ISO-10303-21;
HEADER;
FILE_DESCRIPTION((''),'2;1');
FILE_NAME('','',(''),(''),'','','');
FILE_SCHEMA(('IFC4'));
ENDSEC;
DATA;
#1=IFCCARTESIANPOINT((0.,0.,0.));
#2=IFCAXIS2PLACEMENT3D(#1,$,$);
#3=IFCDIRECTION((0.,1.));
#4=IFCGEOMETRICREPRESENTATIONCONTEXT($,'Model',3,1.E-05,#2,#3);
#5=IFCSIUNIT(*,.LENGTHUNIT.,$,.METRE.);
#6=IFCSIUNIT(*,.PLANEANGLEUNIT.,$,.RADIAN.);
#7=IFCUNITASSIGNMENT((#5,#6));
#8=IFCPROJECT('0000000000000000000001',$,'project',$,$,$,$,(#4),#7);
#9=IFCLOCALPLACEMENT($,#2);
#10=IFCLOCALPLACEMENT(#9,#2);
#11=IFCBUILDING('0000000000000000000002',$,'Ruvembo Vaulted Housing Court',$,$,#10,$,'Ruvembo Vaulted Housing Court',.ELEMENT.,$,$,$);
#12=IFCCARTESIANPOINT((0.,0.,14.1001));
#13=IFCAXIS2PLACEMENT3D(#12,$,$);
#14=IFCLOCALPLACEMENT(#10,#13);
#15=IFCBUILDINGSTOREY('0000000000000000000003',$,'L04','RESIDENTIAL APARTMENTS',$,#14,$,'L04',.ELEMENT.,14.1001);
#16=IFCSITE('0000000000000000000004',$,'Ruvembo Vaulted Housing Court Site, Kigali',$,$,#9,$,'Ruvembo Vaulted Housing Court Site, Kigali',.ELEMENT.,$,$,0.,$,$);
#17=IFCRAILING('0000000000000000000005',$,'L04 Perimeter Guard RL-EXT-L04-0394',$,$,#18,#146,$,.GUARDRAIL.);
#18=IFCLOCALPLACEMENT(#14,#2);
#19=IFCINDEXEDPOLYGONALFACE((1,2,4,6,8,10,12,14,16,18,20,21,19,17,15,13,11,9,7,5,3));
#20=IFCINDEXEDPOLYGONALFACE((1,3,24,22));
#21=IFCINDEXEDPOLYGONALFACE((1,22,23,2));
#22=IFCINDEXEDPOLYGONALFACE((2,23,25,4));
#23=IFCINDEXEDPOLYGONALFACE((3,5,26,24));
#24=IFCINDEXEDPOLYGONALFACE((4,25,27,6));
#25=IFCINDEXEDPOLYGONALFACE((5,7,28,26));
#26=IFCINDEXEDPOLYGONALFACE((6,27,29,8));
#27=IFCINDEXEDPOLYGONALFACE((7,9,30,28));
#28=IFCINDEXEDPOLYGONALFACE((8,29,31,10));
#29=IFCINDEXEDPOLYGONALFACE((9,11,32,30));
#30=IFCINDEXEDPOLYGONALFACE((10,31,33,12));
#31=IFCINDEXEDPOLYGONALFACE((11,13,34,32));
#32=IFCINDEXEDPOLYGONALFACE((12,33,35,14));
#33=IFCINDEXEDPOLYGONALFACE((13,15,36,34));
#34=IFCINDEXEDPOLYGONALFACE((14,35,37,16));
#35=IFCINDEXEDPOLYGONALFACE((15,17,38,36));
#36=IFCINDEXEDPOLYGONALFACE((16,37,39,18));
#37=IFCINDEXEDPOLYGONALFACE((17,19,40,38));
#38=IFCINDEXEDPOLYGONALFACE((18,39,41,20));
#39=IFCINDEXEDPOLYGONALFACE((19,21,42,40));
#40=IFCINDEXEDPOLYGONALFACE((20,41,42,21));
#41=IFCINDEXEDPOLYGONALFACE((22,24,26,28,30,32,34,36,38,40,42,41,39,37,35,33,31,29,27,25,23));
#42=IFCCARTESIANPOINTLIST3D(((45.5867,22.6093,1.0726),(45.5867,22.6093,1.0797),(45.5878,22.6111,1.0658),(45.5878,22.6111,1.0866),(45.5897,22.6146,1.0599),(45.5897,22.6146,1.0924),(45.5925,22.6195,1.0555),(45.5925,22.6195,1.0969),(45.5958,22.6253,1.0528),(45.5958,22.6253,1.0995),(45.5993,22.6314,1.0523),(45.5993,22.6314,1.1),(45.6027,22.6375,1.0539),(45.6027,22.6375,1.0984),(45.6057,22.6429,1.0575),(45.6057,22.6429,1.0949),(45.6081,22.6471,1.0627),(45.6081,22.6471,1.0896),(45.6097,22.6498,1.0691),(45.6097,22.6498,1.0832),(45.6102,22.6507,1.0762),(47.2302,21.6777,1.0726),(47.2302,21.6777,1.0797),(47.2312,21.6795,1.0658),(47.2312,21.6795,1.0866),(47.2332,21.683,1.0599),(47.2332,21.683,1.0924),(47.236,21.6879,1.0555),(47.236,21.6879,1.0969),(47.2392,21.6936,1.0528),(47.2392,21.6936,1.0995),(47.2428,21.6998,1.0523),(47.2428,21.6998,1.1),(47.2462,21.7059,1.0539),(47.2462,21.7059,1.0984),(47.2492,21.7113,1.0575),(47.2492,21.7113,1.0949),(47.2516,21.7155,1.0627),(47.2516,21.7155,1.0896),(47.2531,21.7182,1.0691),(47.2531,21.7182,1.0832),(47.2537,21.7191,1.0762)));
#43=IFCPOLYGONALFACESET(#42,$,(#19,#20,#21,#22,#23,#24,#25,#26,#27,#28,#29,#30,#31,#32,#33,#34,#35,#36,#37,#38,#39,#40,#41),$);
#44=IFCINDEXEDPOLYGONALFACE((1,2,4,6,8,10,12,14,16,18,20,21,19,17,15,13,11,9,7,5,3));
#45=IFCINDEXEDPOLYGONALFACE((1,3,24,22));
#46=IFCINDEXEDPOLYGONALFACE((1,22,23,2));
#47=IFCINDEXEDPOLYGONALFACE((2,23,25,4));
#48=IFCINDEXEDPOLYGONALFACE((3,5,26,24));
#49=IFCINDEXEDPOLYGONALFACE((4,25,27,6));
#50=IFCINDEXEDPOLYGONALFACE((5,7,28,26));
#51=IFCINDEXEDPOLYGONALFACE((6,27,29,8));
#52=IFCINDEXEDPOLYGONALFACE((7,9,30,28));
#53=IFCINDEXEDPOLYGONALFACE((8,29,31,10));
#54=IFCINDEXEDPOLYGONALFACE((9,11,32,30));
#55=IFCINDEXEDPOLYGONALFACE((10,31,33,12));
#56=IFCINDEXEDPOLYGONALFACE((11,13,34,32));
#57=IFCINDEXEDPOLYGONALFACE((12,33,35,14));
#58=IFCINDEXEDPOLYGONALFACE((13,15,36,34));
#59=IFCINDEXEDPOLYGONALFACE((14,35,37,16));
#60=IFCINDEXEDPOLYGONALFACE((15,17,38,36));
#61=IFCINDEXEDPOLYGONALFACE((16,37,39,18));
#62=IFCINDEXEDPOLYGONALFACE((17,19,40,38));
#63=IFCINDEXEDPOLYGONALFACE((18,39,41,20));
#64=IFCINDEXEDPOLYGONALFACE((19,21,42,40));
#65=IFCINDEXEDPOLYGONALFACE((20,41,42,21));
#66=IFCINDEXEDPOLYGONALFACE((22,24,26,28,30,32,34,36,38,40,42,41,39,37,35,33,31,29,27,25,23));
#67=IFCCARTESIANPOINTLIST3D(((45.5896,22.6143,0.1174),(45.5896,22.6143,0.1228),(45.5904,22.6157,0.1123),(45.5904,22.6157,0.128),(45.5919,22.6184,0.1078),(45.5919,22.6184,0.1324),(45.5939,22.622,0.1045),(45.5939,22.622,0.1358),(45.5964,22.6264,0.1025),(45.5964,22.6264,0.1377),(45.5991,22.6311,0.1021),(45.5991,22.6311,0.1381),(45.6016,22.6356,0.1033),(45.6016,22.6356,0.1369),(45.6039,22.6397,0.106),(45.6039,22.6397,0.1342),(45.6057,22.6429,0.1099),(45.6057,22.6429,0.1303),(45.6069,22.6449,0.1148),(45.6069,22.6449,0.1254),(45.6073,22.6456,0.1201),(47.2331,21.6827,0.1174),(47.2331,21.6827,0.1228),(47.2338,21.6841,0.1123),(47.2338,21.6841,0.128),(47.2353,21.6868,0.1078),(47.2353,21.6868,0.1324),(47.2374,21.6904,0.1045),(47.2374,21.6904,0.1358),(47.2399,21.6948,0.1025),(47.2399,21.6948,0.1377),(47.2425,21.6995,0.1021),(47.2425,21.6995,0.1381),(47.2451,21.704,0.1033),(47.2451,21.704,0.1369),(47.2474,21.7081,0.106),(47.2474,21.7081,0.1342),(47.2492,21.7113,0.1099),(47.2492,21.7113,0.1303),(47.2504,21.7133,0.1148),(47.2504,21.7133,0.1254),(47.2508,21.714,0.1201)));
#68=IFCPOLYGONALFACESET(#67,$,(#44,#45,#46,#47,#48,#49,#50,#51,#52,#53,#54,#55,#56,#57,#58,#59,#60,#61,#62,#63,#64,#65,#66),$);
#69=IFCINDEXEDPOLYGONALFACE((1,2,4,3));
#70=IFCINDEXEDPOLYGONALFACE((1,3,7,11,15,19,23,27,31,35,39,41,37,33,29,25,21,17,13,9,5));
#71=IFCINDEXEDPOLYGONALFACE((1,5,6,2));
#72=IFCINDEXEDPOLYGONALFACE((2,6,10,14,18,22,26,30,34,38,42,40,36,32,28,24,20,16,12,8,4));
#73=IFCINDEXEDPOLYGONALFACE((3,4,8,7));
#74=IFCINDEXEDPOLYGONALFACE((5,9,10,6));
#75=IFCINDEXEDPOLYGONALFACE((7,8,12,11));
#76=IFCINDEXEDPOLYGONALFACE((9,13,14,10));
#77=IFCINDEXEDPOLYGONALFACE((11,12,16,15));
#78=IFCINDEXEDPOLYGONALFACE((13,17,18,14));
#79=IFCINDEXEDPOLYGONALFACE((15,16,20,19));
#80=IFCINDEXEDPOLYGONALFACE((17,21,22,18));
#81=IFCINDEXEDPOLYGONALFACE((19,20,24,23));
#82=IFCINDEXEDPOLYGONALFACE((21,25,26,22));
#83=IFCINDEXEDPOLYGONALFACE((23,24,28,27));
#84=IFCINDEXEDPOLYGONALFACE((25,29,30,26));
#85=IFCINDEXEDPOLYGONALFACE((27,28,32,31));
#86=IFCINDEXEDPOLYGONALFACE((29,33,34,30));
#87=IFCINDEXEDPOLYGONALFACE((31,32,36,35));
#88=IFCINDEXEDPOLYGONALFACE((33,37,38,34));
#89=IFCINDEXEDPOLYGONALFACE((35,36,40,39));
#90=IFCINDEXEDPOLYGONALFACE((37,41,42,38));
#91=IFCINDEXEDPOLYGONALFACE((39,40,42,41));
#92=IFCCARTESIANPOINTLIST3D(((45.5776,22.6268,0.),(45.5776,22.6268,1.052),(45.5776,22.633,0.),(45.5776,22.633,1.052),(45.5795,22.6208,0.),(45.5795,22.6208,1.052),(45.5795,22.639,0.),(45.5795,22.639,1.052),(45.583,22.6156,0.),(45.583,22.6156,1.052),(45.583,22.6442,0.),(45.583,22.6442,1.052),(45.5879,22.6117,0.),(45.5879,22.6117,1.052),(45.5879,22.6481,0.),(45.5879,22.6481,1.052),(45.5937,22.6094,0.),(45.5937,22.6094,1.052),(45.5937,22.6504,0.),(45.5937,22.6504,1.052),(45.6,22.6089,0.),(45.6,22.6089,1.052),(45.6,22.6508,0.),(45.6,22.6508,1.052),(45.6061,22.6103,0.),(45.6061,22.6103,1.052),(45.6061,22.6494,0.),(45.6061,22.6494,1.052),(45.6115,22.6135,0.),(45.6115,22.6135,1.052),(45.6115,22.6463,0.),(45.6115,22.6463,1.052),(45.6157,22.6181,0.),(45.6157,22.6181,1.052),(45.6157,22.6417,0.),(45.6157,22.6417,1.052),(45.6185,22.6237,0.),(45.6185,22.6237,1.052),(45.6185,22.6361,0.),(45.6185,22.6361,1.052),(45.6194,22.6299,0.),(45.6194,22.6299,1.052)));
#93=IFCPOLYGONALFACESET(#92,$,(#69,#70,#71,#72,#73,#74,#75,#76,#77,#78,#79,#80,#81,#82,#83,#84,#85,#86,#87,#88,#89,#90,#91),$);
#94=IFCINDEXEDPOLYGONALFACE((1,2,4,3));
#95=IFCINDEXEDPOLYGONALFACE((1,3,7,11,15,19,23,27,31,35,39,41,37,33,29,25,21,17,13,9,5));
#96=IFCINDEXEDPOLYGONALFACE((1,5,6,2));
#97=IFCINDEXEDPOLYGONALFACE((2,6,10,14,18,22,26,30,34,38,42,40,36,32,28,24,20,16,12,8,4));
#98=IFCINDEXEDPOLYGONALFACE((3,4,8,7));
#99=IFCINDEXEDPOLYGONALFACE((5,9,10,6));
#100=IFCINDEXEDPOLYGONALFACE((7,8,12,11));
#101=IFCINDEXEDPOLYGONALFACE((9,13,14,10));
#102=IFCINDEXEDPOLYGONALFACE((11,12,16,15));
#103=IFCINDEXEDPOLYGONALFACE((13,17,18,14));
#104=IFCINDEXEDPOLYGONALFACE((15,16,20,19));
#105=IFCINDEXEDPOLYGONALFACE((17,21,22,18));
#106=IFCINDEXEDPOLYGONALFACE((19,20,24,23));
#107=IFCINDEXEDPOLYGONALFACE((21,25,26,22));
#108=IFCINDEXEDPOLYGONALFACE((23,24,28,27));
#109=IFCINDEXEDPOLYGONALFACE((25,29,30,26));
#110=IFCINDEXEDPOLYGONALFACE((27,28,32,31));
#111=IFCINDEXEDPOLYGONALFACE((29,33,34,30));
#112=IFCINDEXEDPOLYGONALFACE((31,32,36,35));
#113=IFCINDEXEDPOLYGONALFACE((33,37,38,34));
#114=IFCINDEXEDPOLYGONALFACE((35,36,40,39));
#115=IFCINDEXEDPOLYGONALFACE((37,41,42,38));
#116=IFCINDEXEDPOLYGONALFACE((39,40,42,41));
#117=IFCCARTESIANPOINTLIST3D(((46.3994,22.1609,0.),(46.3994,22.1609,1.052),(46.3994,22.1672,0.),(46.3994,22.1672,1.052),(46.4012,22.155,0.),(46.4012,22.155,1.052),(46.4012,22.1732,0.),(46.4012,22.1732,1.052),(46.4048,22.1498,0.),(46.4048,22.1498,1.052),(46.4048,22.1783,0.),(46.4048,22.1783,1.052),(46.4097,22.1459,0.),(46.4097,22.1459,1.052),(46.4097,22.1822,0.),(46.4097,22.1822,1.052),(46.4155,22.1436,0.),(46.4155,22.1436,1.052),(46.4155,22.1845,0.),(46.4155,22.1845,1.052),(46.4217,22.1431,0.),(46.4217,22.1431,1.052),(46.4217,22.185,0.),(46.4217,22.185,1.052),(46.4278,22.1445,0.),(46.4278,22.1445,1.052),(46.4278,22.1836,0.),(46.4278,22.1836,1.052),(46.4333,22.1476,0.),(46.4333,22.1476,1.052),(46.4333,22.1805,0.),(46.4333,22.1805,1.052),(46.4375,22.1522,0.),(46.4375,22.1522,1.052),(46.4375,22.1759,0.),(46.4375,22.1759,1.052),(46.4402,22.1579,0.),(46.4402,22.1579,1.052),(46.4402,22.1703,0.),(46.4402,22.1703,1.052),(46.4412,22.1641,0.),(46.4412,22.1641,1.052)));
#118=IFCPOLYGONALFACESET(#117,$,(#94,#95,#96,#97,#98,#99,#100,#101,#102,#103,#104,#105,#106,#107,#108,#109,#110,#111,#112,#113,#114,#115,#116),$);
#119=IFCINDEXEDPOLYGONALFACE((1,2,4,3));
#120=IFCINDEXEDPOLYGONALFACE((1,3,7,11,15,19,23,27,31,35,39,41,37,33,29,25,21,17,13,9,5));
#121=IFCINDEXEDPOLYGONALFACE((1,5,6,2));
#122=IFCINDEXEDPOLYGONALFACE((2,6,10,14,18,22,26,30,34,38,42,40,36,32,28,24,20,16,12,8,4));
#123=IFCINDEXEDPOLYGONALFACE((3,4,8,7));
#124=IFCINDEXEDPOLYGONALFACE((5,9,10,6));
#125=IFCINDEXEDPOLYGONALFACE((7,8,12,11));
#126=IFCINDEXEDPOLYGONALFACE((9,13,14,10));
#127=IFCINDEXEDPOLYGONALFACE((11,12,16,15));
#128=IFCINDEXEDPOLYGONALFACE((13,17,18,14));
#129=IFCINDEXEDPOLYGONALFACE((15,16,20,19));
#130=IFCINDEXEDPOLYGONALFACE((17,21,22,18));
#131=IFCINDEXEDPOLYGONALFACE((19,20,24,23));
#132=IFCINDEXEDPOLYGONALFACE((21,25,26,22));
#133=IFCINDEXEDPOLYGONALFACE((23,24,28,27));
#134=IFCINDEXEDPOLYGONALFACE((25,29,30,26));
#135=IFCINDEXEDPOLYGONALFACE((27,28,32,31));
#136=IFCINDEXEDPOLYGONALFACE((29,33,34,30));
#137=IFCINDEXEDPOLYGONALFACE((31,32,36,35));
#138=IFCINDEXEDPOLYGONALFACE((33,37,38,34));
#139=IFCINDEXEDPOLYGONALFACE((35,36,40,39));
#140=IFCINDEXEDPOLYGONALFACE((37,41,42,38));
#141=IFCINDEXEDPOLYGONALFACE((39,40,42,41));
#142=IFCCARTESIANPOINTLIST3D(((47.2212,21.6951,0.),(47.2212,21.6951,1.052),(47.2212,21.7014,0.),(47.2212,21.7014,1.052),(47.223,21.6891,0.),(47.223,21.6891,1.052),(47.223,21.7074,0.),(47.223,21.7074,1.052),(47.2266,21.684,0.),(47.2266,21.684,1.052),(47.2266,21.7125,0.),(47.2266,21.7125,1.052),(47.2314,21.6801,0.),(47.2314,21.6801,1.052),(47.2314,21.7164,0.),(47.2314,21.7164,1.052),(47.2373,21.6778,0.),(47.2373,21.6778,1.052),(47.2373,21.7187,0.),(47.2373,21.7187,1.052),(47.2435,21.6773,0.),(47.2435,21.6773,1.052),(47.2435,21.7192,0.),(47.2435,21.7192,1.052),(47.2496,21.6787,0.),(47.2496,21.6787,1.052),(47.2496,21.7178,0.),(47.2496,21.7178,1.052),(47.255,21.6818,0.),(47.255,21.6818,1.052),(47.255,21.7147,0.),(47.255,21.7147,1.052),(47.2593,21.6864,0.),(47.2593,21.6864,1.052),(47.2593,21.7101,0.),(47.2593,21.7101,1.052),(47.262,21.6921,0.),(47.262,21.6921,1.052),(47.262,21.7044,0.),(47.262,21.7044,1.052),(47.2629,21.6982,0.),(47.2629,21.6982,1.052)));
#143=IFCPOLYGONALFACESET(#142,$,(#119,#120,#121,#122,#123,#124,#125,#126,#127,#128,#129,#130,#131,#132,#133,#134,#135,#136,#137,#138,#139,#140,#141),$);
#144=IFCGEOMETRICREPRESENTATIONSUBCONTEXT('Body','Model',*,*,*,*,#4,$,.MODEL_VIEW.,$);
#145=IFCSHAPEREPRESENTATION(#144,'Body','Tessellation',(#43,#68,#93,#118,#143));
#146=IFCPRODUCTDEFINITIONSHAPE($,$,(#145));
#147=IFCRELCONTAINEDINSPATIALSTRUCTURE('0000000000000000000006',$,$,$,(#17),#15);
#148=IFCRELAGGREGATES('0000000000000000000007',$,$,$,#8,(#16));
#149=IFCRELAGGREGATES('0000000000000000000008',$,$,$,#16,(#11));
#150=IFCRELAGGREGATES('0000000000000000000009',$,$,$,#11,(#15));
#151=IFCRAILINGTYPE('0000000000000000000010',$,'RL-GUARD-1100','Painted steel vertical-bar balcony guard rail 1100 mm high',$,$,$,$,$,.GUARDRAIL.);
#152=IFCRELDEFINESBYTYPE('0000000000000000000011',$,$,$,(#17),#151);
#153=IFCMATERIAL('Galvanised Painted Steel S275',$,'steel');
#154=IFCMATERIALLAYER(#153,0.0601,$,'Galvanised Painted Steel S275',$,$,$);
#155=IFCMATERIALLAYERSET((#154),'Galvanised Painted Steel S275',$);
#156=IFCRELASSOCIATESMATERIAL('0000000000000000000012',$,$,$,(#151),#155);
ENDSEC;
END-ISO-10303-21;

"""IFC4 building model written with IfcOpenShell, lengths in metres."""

from ifc_helpers import new_model, si_unit, direction, frame, origin, origin_2d, place, context, subcontext, project, spatial, circle, extrude, material, layer, layer_set, type_object, element, save


model = new_model("IFC4")

# Units and contexts
model_context = context("Model", 3, precision=1e-05, world=origin(), true_north=direction((0.0, 1.0)))
body_context = subcontext(model_context, "Body", "Model", "MODEL_VIEW")
ifc_project = project(units=[si_unit("LENGTHUNIT", "METRE"), si_unit("PLANEANGLEUNIT", "RADIAN")], contexts=[model_context])

# Site, building, storey
site_placement = place(None, origin())
site = spatial("IfcSite", under=ifc_project, at=site_placement, Name="Ruvembo Vaulted Housing Court Site, Kigali", LongName="Ruvembo Vaulted Housing Court Site, Kigali", CompositionType="ELEMENT", RefElevation=0.0)
building_placement = place(site_placement, origin())
building = spatial("IfcBuilding", under=site, at=building_placement, Name="Ruvembo Vaulted Housing Court", LongName="Ruvembo Vaulted Housing Court", CompositionType="ELEMENT")
storey_placement = place(building_placement, frame((0.0, 0.0, 14.1001)))
storey = spatial("IfcBuildingStorey", under=building, at=storey_placement, Name="L04", Description="RESIDENTIAL APARTMENTS", LongName="L04", CompositionType="ELEMENT", Elevation=14.1001)

# Railing
ifc_material_1 = material(Name="Galvanised Painted Steel S275", Category="steel")
ifc_layer_1 = layer(ifc_material_1, 0.0601, Name="Galvanised Painted Steel S275")
ifc_layer_set_1 = layer_set([ifc_layer_1], Name="Galvanised Painted Steel S275")
railing_type_1 = type_object("IfcRailingType", Name="RL-GUARD-1100", Description="Painted steel vertical-bar balcony guard rail 1100 mm high", PredefinedType="GUARDRAIL", material=ifc_layer_set_1)
railing_1_placement = place(storey_placement, frame((45.5984, 22.6299, 0.0)))
element("IfcRailing", 1, at=railing_1_placement, inside=storey, type_object=railing_type_1, Name="L04 Perimeter Guard RL-EXT-L04-0394", PredefinedType="GUARDRAIL", context=body_context, shape_type="SweptSolid", body=[
    extrude(circle(Radius=0.0239, at=origin_2d()), frame((0.0, 0.0, 1.0762), z_axis=(0.869956, -0.49313, 0.0), x_axis=(0.49313, 0.869956, 0.0)), (0.0, 0.0, 1.0), 1.8892),
    extrude(circle(Radius=0.0181, at=origin_2d()), frame((0.0, 0.0, 0.1201), z_axis=(0.869956, -0.49313, 0.0), x_axis=(0.49313, 0.869956, 0.0)), (0.0, 0.0, 1.0), 1.8892),
    extrude(circle(Radius=0.021, at=origin_2d()), origin(), (0.0, 0.0, 1.0), 1.052),
    extrude(circle(Radius=0.021, at=origin_2d()), frame((0.8218, -0.4658, 0.0)), (0.0, 0.0, 1.0), 1.052),
    extrude(circle(Radius=0.021, at=origin_2d()), frame((1.6436, -0.9316, 0.0)), (0.0, 0.0, 1.0), 1.052),
])

save(model, "model.ifc")
